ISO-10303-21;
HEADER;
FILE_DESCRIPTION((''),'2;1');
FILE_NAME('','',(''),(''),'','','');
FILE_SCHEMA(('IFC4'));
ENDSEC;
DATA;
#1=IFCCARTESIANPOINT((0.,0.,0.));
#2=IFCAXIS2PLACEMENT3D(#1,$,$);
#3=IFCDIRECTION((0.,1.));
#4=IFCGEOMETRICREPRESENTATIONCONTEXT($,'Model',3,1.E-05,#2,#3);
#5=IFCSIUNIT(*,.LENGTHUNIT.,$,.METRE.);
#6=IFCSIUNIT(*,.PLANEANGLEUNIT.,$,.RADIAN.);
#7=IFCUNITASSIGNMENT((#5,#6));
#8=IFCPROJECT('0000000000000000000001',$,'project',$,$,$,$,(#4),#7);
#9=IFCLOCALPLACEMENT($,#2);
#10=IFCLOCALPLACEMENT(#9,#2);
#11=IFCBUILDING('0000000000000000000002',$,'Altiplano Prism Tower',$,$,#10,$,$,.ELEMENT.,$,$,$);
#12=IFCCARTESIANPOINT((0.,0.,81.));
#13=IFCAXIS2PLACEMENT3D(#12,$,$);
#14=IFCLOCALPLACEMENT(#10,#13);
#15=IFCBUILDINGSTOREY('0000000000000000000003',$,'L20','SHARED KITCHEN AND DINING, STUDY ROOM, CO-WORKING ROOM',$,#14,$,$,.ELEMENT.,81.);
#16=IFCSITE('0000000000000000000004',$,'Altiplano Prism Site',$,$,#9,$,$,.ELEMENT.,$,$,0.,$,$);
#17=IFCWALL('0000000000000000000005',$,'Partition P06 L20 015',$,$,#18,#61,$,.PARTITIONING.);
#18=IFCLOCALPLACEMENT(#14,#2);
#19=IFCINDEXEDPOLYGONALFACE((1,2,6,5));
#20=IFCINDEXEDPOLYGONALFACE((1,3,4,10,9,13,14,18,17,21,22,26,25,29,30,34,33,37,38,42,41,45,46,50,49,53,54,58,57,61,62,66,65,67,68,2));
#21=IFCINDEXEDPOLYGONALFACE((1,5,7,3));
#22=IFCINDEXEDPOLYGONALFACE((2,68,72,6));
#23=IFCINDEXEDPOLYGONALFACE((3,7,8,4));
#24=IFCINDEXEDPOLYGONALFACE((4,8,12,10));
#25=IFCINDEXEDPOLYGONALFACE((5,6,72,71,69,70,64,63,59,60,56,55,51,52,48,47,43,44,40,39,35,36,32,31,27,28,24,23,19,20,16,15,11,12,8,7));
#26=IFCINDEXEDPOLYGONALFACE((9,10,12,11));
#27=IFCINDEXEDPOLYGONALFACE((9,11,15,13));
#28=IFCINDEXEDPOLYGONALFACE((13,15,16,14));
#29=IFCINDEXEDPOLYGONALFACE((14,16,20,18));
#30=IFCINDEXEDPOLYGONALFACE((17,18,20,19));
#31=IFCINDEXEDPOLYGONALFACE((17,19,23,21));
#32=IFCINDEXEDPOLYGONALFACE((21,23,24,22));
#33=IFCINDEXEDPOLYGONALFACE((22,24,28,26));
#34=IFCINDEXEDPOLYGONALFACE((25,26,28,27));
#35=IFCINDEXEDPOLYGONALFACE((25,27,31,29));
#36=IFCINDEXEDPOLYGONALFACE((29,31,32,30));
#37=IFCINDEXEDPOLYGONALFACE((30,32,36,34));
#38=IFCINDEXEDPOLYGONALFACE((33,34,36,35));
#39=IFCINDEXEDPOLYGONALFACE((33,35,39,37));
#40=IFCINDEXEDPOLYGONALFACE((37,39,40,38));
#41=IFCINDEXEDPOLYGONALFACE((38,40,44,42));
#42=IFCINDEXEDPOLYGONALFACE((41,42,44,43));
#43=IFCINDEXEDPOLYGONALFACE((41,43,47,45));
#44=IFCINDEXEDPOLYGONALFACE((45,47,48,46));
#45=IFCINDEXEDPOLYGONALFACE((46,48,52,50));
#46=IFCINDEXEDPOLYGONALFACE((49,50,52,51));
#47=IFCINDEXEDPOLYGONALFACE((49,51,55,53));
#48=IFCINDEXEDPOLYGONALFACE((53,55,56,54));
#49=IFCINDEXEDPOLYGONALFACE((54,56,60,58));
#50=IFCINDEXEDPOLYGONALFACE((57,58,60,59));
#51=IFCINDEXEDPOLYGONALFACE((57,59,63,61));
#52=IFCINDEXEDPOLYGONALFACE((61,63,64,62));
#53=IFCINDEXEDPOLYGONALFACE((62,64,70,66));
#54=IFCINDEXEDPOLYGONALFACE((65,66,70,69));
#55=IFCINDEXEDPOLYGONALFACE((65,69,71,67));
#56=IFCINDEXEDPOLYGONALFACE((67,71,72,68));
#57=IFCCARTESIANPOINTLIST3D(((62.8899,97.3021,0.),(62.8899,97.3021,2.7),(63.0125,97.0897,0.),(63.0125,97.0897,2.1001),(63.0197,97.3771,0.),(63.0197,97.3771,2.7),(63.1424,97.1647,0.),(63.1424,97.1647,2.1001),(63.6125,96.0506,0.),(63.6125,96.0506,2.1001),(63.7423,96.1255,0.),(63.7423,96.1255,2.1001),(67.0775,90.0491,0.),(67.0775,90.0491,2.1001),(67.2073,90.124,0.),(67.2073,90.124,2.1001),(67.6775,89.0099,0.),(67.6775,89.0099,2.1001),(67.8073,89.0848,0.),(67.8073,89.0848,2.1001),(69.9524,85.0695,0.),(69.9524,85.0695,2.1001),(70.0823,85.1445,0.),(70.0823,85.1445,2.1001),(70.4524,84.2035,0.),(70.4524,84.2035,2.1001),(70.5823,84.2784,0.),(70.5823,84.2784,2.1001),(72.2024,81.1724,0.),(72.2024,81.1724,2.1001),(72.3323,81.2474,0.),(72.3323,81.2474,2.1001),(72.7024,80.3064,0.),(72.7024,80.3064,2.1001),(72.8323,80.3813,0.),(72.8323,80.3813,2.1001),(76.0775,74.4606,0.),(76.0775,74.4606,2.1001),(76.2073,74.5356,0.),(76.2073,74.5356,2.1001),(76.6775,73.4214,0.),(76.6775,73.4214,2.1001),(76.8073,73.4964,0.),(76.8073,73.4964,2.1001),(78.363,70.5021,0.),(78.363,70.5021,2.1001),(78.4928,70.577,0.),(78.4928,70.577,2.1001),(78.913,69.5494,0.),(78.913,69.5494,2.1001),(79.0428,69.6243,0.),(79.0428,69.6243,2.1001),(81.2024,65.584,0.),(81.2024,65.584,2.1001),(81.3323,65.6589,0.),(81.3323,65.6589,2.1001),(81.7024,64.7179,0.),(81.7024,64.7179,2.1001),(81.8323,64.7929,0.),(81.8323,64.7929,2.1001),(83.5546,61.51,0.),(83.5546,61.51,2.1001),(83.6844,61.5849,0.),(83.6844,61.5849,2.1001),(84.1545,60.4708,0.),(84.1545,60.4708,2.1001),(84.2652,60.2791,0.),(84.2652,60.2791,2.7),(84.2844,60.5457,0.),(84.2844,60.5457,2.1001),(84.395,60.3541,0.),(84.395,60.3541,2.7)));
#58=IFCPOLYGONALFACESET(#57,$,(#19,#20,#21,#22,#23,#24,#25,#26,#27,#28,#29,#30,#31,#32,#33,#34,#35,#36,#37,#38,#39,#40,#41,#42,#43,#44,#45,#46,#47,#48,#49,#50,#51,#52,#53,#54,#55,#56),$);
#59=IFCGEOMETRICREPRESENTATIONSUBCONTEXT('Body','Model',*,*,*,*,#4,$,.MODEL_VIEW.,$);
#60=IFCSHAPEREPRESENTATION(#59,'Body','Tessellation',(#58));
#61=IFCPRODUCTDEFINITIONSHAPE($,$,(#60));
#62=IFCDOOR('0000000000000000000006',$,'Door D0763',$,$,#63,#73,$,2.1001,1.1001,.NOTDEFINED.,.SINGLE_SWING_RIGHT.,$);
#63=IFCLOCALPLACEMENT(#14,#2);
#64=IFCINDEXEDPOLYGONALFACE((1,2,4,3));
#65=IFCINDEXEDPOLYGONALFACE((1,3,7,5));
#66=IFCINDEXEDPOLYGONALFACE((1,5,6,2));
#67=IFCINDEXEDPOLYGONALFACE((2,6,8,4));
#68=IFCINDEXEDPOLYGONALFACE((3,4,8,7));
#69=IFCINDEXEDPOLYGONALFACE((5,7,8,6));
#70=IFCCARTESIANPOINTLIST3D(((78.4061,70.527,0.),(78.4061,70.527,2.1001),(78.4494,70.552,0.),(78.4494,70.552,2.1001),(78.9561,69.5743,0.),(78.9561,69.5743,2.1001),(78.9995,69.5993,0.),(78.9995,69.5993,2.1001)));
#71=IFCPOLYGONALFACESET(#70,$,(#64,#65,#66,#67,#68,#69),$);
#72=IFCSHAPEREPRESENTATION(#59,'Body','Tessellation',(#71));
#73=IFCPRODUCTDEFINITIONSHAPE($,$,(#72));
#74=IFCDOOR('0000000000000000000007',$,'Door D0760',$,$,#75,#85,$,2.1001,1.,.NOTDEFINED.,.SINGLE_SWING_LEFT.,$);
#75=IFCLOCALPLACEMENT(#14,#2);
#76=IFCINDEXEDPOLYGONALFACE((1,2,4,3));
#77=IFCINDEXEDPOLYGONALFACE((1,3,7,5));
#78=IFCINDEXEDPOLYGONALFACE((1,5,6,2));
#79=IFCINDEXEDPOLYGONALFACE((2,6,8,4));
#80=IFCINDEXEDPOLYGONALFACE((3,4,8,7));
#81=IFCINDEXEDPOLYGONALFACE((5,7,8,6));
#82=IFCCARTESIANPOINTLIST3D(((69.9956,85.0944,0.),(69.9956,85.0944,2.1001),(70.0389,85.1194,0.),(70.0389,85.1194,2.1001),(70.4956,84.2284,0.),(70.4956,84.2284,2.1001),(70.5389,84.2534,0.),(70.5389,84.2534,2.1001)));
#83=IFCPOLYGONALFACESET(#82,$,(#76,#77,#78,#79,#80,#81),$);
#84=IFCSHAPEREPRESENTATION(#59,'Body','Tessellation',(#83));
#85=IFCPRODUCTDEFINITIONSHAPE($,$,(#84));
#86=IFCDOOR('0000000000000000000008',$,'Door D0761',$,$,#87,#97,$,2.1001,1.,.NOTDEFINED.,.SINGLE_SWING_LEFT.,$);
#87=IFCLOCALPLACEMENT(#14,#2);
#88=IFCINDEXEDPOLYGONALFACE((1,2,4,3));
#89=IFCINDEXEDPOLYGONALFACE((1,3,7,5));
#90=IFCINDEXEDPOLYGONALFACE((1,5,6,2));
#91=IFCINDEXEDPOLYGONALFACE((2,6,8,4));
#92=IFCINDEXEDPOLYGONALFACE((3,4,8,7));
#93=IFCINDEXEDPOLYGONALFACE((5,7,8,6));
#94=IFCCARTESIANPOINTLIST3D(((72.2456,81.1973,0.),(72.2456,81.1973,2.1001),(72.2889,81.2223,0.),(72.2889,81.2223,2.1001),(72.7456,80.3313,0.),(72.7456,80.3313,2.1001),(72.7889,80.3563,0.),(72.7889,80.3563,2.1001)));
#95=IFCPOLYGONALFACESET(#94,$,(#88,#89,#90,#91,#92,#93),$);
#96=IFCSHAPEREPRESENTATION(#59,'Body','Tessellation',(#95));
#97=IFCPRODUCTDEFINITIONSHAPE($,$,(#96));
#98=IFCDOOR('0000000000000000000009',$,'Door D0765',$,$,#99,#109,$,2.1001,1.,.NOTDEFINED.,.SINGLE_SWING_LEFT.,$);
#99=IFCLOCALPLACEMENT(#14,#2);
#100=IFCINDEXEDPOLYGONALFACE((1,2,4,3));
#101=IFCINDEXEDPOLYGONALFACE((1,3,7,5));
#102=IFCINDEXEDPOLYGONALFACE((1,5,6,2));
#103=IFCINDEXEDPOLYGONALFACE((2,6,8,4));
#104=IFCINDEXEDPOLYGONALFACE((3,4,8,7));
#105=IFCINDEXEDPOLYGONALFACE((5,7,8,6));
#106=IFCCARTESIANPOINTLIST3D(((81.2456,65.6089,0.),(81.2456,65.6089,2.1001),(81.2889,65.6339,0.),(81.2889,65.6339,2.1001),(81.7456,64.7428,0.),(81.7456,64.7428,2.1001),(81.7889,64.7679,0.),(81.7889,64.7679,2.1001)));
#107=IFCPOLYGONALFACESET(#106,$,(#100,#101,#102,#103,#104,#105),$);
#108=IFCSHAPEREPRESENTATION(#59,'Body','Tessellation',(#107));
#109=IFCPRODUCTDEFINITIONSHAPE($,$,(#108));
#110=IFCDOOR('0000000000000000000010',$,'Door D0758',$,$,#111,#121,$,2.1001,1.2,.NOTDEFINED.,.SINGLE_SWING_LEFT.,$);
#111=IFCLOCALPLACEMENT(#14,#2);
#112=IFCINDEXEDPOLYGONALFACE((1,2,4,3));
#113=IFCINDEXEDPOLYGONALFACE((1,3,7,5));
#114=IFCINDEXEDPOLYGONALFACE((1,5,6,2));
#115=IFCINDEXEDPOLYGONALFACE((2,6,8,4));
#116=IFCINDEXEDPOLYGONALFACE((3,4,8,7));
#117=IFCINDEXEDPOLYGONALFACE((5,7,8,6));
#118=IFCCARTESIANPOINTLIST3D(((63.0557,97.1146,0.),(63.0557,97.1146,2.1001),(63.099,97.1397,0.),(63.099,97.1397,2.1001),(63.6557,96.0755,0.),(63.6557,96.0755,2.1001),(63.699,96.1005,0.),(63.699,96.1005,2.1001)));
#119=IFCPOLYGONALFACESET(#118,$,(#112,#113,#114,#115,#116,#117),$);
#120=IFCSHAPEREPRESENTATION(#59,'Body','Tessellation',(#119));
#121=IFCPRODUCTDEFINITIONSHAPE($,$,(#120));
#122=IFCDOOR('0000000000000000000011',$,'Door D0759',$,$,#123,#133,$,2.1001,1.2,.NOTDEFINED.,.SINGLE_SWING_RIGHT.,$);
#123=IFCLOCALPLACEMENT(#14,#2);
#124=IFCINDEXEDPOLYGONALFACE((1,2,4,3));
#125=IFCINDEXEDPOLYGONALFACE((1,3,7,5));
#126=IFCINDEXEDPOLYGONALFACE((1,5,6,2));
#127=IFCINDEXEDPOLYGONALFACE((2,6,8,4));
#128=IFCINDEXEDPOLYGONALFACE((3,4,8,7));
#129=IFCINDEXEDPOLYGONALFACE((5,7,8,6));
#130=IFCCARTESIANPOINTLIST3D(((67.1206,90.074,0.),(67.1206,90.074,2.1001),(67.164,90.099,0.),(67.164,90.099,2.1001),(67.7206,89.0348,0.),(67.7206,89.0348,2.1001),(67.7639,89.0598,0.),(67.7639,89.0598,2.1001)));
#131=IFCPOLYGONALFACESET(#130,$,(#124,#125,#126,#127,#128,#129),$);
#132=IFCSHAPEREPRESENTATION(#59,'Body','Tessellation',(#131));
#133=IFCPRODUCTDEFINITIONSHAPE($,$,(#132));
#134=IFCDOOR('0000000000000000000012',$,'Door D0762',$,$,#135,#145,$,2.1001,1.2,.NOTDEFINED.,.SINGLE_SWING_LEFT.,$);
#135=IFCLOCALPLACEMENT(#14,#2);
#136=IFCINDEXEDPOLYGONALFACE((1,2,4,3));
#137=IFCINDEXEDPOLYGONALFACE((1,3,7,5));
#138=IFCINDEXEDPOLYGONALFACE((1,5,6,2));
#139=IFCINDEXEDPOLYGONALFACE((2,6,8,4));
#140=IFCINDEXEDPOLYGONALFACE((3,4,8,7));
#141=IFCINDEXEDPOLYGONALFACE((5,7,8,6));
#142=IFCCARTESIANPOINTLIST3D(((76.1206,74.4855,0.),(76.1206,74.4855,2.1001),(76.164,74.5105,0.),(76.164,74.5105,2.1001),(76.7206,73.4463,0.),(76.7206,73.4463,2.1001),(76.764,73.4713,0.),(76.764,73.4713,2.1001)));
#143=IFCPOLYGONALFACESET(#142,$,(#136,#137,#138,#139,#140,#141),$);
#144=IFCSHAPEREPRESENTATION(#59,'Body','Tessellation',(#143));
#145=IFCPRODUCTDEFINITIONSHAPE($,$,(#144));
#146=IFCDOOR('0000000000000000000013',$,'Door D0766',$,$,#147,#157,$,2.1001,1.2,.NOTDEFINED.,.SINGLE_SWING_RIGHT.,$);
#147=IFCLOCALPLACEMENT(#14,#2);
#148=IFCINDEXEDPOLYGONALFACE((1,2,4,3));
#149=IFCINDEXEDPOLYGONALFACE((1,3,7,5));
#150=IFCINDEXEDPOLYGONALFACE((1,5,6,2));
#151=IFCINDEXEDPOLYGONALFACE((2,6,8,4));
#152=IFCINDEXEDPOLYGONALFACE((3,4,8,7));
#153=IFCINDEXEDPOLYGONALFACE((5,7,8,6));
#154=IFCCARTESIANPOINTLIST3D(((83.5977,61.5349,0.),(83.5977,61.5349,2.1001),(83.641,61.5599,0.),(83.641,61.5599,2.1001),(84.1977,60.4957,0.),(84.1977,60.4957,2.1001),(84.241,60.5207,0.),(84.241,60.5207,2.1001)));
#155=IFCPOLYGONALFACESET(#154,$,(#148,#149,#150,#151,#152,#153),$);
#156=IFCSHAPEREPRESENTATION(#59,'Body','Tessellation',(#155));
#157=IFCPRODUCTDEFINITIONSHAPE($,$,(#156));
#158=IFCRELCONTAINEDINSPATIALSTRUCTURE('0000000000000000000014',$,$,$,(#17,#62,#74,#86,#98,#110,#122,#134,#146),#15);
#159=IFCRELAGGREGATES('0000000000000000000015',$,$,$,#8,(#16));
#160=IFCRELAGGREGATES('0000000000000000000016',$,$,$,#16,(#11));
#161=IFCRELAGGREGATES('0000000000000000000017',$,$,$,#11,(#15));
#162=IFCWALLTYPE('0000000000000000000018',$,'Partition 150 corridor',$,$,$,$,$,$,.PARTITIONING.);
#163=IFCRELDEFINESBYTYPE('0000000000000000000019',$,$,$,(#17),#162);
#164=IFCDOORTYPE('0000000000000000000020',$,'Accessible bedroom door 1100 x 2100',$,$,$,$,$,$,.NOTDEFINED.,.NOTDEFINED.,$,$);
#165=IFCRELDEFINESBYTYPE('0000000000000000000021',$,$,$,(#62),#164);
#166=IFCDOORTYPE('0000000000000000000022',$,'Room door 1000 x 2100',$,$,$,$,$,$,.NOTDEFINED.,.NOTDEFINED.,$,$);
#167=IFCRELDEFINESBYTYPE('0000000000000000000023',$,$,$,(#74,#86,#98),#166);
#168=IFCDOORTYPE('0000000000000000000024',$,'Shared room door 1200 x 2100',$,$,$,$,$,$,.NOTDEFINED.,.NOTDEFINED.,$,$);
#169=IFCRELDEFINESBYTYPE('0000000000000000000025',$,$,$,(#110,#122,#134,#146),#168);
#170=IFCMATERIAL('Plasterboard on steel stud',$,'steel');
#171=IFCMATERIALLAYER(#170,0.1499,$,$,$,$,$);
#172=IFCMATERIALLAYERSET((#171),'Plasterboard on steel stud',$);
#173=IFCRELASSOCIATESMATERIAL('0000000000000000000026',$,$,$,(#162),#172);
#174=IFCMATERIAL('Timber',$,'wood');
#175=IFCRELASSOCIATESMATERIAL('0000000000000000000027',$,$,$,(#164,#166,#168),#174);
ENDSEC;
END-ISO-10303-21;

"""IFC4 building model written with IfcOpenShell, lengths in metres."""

from ifc_helpers import new_model, si_unit, direction, frame, frame_2d, origin, place, context, subcontext, project, spatial, rectangle, extrude, material, layer, layer_set, type_object, element, fill, save


model = new_model("IFC4")

# Units and contexts
model_context = context("Model", 3, precision=1e-05, world=origin(), true_north=direction((0.0, 1.0)))
body_context = subcontext(model_context, "Body", "Model", "MODEL_VIEW")
ifc_project = project(units=[si_unit("LENGTHUNIT", "METRE"), si_unit("PLANEANGLEUNIT", "RADIAN")], contexts=[model_context])

# Site, building, storey
site_placement = place(None, origin())
site = spatial("IfcSite", under=ifc_project, at=site_placement, Name="Altiplano Prism Site", CompositionType="ELEMENT", RefElevation=0.0)
building_placement = place(site_placement, origin())
building = spatial("IfcBuilding", under=site, at=building_placement, Name="Altiplano Prism Tower", CompositionType="ELEMENT")
storey_placement = place(building_placement, frame((0.0, 0.0, 81.0)))
storey = spatial("IfcBuildingStorey", under=building, at=storey_placement, Name="L20", Description="SHARED KITCHEN AND DINING, STUDY ROOM, CO-WORKING ROOM", CompositionType="ELEMENT", Elevation=81.0)

# Shared definitions
ifc_material_1 = material(Name="Plasterboard on steel stud", Category="steel")
ifc_layer_1 = layer(ifc_material_1, 0.1499)
ifc_layer_set_1 = layer_set([ifc_layer_1], Name="Plasterboard on steel stud")
wall_type_1 = type_object("IfcWallType", Name="Partition 150 corridor", PredefinedType="PARTITIONING", material=ifc_layer_set_1)

# Shared definitions
ifc_material_2 = material(Name="Timber", Category="wood")

# Wall, openings, doors
wall_1_placement = place(storey_placement, frame((62.9548, 97.3396, 0.0), z_axis=(0.0, 0.0, 1.0), x_axis=(0.500001, -0.866025, 0.0)))
wall_1 = element("IfcWall", 1, at=wall_1_placement, inside=storey, type_object=wall_type_1, Name="Partition P06 L20 015", PredefinedType="PARTITIONING", context=body_context, shape_type="SweptSolid", body=[
    extrude(rectangle(XDim=42.7505, YDim=0.1499, at=frame_2d((21.3752, 0.0))), origin(), (0.0, 0.0, 1.0), 2.7),
])
opening_1_placement = place(wall_1_placement, frame((0.2451, 0.0, 0.0)))
opening_1 = element("IfcOpeningElement", 2, at=opening_1_placement, cuts=wall_1, PredefinedType="OPENING", context=body_context, shape_type="SweptSolid", body=[
    extrude(rectangle(XDim=1.2, YDim=2.1001, at=frame_2d((0.6001, 1.05))), frame((0.0, 0.0854, 0.0), z_axis=(0.0, -1.0, 0.0), x_axis=(1.0, 0.0, 0.0)), (0.0, 0.0, 1.0), 0.1709),
])
opening_2_placement = place(wall_1_placement, frame((8.375, 0.0, 0.0)))
opening_2 = element("IfcOpeningElement", 3, at=opening_2_placement, cuts=wall_1, PredefinedType="OPENING", context=body_context, shape_type="SweptSolid", body=[
    extrude(rectangle(XDim=1.2, YDim=2.1001, at=frame_2d((0.6001, 1.05))), frame((0.0, 0.0854, 0.0), z_axis=(0.0, -1.0, 0.0), x_axis=(1.0, 0.0, 0.0)), (0.0, 0.0, 1.0), 0.1709),
])
opening_3_placement = place(wall_1_placement, frame((14.125, 0.0, 0.0)))
opening_3 = element("IfcOpeningElement", 4, at=opening_3_placement, cuts=wall_1, PredefinedType="OPENING", context=body_context, shape_type="SweptSolid", body=[
    extrude(rectangle(XDim=1.0, YDim=2.1001, at=frame_2d((0.5, 1.05))), frame((0.0, 0.0854, 0.0), z_axis=(0.0, -1.0, 0.0), x_axis=(1.0, 0.0, 0.0)), (0.0, 0.0, 1.0), 0.1709),
])
opening_4_placement = place(wall_1_placement, frame((18.625, 0.0, 0.0)))
opening_4 = element("IfcOpeningElement", 5, at=opening_4_placement, cuts=wall_1, PredefinedType="OPENING", context=body_context, shape_type="SweptSolid", body=[
    extrude(rectangle(XDim=1.0, YDim=2.1001, at=frame_2d((0.5, 1.05))), frame((0.0, 0.0854, 0.0), z_axis=(0.0, -1.0, 0.0), x_axis=(1.0, 0.0, 0.0)), (0.0, 0.0, 1.0), 0.1709),
])
opening_5_placement = place(wall_1_placement, frame((26.375, 0.0, 0.0)))
opening_5 = element("IfcOpeningElement", 6, at=opening_5_placement, cuts=wall_1, PredefinedType="OPENING", context=body_context, shape_type="SweptSolid", body=[
    extrude(rectangle(XDim=1.2, YDim=2.1001, at=frame_2d((0.6001, 1.05))), frame((0.0, 0.0854, 0.0), z_axis=(0.0, -1.0, 0.0), x_axis=(1.0, 0.0, 0.0)), (0.0, 0.0, 1.0), 0.1709),
])
opening_6_placement = place(wall_1_placement, frame((30.946, 0.0, 0.0)))
opening_6 = element("IfcOpeningElement", 7, at=opening_6_placement, cuts=wall_1, PredefinedType="OPENING", context=body_context, shape_type="SweptSolid", body=[
    extrude(rectangle(XDim=1.1001, YDim=2.1001, at=frame_2d((0.55, 1.05))), frame((0.0, 0.0854, 0.0), z_axis=(0.0, -1.0, 0.0), x_axis=(1.0, 0.0, 0.0)), (0.0, 0.0, 1.0), 0.1709),
])
opening_7_placement = place(wall_1_placement, frame((36.625, 0.0, 0.0)))
opening_7 = element("IfcOpeningElement", 8, at=opening_7_placement, cuts=wall_1, PredefinedType="OPENING", context=body_context, shape_type="SweptSolid", body=[
    extrude(rectangle(XDim=1.0, YDim=2.1001, at=frame_2d((0.5, 1.05))), frame((0.0, 0.0854, 0.0), z_axis=(0.0, -1.0, 0.0), x_axis=(1.0, 0.0, 0.0)), (0.0, 0.0, 1.0), 0.1709),
])
opening_8_placement = place(wall_1_placement, frame((41.3291, 0.0, 0.0)))
opening_8 = element("IfcOpeningElement", 9, at=opening_8_placement, cuts=wall_1, PredefinedType="OPENING", context=body_context, shape_type="SweptSolid", body=[
    extrude(rectangle(XDim=1.2, YDim=2.1001, at=frame_2d((0.6001, 1.05))), frame((0.0, 0.0854, 0.0), z_axis=(0.0, -1.0, 0.0), x_axis=(1.0, 0.0, 0.0)), (0.0, 0.0, 1.0), 0.1709),
])
door_type_1 = type_object("IfcDoorType", Name="Accessible bedroom door 1100 x 2100", OperationType="NOTDEFINED", PredefinedType="NOTDEFINED", material=ifc_material_2)
door_1_placement = place(opening_6_placement, origin())
door_1 = element("IfcDoor", 10, at=door_1_placement, inside=storey, type_object=door_type_1, Name="Door D0763", OperationType="SINGLE_SWING_RIGHT", OverallHeight=2.1001, OverallWidth=1.1001, PredefinedType="NOTDEFINED", context=body_context, shape_type="SweptSolid", body=[
    extrude(rectangle(XDim=1.1001, YDim=2.1001, at=frame_2d((0.55, 1.05))), frame((0.0, 0.0249, 0.0), z_axis=(0.0, -1.0, 0.0), x_axis=(1.0, 0.0, 0.0)), (0.0, 0.0, 1.0), 0.05),
])
fill(opening_6, door_1)
door_type_2 = type_object("IfcDoorType", Name="Room door 1000 x 2100", OperationType="NOTDEFINED", PredefinedType="NOTDEFINED", material=ifc_material_2)
door_2_placement = place(opening_3_placement, origin())
door_2 = element("IfcDoor", 11, at=door_2_placement, inside=storey, type_object=door_type_2, Name="Door D0760", OperationType="SINGLE_SWING_LEFT", OverallHeight=2.1001, OverallWidth=1.0, PredefinedType="NOTDEFINED", context=body_context, shape_type="SweptSolid", body=[
    extrude(rectangle(XDim=1.0, YDim=2.1001, at=frame_2d((0.5, 1.05))), frame((0.0, 0.0249, 0.0), z_axis=(0.0, -1.0, 0.0), x_axis=(1.0, 0.0, 0.0)), (0.0, 0.0, 1.0), 0.05),
])
fill(opening_3, door_2)
door_3_placement = place(opening_4_placement, origin())
door_3 = element("IfcDoor", 12, at=door_3_placement, inside=storey, type_object=door_type_2, Name="Door D0761", OperationType="SINGLE_SWING_LEFT", OverallHeight=2.1001, OverallWidth=1.0, PredefinedType="NOTDEFINED", context=body_context, shape_type="SweptSolid", body=[
    extrude(rectangle(XDim=1.0, YDim=2.1001, at=frame_2d((0.5, 1.05))), frame((0.0, 0.0249, 0.0), z_axis=(0.0, -1.0, 0.0), x_axis=(1.0, 0.0, 0.0)), (0.0, 0.0, 1.0), 0.05),
])
fill(opening_4, door_3)
door_4_placement = place(opening_7_placement, origin())
door_4 = element("IfcDoor", 13, at=door_4_placement, inside=storey, type_object=door_type_2, Name="Door D0765", OperationType="SINGLE_SWING_LEFT", OverallHeight=2.1001, OverallWidth=1.0, PredefinedType="NOTDEFINED", context=body_context, shape_type="SweptSolid", body=[
    extrude(rectangle(XDim=1.0, YDim=2.1001, at=frame_2d((0.5, 1.05))), frame((0.0, 0.0249, 0.0), z_axis=(0.0, -1.0, 0.0), x_axis=(1.0, 0.0, 0.0)), (0.0, 0.0, 1.0), 0.05),
])
fill(opening_7, door_4)
door_type_3 = type_object("IfcDoorType", Name="Shared room door 1200 x 2100", OperationType="NOTDEFINED", PredefinedType="NOTDEFINED", material=ifc_material_2)
door_5_placement = place(opening_1_placement, origin())
door_5 = element("IfcDoor", 14, at=door_5_placement, inside=storey, type_object=door_type_3, Name="Door D0758", OperationType="SINGLE_SWING_LEFT", OverallHeight=2.1001, OverallWidth=1.2, PredefinedType="NOTDEFINED", context=body_context, shape_type="SweptSolid", body=[
    extrude(rectangle(XDim=1.2, YDim=2.1001, at=frame_2d((0.6001, 1.05))), frame((0.0, 0.0249, 0.0), z_axis=(0.0, -1.0, 0.0), x_axis=(1.0, 0.0, 0.0)), (0.0, 0.0, 1.0), 0.05),
])
fill(opening_1, door_5)
door_6_placement = place(opening_2_placement, origin())
door_6 = element("IfcDoor", 15, at=door_6_placement, inside=storey, type_object=door_type_3, Name="Door D0759", OperationType="SINGLE_SWING_RIGHT", OverallHeight=2.1001, OverallWidth=1.2, PredefinedType="NOTDEFINED", context=body_context, shape_type="SweptSolid", body=[
    extrude(rectangle(XDim=1.2, YDim=2.1001, at=frame_2d((0.6001, 1.05))), frame((0.0, 0.0249, 0.0), z_axis=(0.0, -1.0, 0.0), x_axis=(1.0, 0.0, 0.0)), (0.0, 0.0, 1.0), 0.05),
])
fill(opening_2, door_6)
door_7_placement = place(opening_5_placement, origin())
door_7 = element("IfcDoor", 16, at=door_7_placement, inside=storey, type_object=door_type_3, Name="Door D0762", OperationType="SINGLE_SWING_LEFT", OverallHeight=2.1001, OverallWidth=1.2, PredefinedType="NOTDEFINED", context=body_context, shape_type="SweptSolid", body=[
    extrude(rectangle(XDim=1.2, YDim=2.1001, at=frame_2d((0.6001, 1.05))), frame((0.0, 0.0249, 0.0), z_axis=(0.0, -1.0, 0.0), x_axis=(1.0, 0.0, 0.0)), (0.0, 0.0, 1.0), 0.05),
])
fill(opening_5, door_7)
door_8_placement = place(opening_8_placement, origin())
door_8 = element("IfcDoor", 17, at=door_8_placement, inside=storey, type_object=door_type_3, Name="Door D0766", OperationType="SINGLE_SWING_RIGHT", OverallHeight=2.1001, OverallWidth=1.2, PredefinedType="NOTDEFINED", context=body_context, shape_type="SweptSolid", body=[
    extrude(rectangle(XDim=1.2, YDim=2.1001, at=frame_2d((0.6001, 1.05))), frame((0.0, 0.0249, 0.0), z_axis=(0.0, -1.0, 0.0), x_axis=(1.0, 0.0, 0.0)), (0.0, 0.0, 1.0), 0.05),
])
fill(opening_8, door_8)

save(model, "model.ifc")
